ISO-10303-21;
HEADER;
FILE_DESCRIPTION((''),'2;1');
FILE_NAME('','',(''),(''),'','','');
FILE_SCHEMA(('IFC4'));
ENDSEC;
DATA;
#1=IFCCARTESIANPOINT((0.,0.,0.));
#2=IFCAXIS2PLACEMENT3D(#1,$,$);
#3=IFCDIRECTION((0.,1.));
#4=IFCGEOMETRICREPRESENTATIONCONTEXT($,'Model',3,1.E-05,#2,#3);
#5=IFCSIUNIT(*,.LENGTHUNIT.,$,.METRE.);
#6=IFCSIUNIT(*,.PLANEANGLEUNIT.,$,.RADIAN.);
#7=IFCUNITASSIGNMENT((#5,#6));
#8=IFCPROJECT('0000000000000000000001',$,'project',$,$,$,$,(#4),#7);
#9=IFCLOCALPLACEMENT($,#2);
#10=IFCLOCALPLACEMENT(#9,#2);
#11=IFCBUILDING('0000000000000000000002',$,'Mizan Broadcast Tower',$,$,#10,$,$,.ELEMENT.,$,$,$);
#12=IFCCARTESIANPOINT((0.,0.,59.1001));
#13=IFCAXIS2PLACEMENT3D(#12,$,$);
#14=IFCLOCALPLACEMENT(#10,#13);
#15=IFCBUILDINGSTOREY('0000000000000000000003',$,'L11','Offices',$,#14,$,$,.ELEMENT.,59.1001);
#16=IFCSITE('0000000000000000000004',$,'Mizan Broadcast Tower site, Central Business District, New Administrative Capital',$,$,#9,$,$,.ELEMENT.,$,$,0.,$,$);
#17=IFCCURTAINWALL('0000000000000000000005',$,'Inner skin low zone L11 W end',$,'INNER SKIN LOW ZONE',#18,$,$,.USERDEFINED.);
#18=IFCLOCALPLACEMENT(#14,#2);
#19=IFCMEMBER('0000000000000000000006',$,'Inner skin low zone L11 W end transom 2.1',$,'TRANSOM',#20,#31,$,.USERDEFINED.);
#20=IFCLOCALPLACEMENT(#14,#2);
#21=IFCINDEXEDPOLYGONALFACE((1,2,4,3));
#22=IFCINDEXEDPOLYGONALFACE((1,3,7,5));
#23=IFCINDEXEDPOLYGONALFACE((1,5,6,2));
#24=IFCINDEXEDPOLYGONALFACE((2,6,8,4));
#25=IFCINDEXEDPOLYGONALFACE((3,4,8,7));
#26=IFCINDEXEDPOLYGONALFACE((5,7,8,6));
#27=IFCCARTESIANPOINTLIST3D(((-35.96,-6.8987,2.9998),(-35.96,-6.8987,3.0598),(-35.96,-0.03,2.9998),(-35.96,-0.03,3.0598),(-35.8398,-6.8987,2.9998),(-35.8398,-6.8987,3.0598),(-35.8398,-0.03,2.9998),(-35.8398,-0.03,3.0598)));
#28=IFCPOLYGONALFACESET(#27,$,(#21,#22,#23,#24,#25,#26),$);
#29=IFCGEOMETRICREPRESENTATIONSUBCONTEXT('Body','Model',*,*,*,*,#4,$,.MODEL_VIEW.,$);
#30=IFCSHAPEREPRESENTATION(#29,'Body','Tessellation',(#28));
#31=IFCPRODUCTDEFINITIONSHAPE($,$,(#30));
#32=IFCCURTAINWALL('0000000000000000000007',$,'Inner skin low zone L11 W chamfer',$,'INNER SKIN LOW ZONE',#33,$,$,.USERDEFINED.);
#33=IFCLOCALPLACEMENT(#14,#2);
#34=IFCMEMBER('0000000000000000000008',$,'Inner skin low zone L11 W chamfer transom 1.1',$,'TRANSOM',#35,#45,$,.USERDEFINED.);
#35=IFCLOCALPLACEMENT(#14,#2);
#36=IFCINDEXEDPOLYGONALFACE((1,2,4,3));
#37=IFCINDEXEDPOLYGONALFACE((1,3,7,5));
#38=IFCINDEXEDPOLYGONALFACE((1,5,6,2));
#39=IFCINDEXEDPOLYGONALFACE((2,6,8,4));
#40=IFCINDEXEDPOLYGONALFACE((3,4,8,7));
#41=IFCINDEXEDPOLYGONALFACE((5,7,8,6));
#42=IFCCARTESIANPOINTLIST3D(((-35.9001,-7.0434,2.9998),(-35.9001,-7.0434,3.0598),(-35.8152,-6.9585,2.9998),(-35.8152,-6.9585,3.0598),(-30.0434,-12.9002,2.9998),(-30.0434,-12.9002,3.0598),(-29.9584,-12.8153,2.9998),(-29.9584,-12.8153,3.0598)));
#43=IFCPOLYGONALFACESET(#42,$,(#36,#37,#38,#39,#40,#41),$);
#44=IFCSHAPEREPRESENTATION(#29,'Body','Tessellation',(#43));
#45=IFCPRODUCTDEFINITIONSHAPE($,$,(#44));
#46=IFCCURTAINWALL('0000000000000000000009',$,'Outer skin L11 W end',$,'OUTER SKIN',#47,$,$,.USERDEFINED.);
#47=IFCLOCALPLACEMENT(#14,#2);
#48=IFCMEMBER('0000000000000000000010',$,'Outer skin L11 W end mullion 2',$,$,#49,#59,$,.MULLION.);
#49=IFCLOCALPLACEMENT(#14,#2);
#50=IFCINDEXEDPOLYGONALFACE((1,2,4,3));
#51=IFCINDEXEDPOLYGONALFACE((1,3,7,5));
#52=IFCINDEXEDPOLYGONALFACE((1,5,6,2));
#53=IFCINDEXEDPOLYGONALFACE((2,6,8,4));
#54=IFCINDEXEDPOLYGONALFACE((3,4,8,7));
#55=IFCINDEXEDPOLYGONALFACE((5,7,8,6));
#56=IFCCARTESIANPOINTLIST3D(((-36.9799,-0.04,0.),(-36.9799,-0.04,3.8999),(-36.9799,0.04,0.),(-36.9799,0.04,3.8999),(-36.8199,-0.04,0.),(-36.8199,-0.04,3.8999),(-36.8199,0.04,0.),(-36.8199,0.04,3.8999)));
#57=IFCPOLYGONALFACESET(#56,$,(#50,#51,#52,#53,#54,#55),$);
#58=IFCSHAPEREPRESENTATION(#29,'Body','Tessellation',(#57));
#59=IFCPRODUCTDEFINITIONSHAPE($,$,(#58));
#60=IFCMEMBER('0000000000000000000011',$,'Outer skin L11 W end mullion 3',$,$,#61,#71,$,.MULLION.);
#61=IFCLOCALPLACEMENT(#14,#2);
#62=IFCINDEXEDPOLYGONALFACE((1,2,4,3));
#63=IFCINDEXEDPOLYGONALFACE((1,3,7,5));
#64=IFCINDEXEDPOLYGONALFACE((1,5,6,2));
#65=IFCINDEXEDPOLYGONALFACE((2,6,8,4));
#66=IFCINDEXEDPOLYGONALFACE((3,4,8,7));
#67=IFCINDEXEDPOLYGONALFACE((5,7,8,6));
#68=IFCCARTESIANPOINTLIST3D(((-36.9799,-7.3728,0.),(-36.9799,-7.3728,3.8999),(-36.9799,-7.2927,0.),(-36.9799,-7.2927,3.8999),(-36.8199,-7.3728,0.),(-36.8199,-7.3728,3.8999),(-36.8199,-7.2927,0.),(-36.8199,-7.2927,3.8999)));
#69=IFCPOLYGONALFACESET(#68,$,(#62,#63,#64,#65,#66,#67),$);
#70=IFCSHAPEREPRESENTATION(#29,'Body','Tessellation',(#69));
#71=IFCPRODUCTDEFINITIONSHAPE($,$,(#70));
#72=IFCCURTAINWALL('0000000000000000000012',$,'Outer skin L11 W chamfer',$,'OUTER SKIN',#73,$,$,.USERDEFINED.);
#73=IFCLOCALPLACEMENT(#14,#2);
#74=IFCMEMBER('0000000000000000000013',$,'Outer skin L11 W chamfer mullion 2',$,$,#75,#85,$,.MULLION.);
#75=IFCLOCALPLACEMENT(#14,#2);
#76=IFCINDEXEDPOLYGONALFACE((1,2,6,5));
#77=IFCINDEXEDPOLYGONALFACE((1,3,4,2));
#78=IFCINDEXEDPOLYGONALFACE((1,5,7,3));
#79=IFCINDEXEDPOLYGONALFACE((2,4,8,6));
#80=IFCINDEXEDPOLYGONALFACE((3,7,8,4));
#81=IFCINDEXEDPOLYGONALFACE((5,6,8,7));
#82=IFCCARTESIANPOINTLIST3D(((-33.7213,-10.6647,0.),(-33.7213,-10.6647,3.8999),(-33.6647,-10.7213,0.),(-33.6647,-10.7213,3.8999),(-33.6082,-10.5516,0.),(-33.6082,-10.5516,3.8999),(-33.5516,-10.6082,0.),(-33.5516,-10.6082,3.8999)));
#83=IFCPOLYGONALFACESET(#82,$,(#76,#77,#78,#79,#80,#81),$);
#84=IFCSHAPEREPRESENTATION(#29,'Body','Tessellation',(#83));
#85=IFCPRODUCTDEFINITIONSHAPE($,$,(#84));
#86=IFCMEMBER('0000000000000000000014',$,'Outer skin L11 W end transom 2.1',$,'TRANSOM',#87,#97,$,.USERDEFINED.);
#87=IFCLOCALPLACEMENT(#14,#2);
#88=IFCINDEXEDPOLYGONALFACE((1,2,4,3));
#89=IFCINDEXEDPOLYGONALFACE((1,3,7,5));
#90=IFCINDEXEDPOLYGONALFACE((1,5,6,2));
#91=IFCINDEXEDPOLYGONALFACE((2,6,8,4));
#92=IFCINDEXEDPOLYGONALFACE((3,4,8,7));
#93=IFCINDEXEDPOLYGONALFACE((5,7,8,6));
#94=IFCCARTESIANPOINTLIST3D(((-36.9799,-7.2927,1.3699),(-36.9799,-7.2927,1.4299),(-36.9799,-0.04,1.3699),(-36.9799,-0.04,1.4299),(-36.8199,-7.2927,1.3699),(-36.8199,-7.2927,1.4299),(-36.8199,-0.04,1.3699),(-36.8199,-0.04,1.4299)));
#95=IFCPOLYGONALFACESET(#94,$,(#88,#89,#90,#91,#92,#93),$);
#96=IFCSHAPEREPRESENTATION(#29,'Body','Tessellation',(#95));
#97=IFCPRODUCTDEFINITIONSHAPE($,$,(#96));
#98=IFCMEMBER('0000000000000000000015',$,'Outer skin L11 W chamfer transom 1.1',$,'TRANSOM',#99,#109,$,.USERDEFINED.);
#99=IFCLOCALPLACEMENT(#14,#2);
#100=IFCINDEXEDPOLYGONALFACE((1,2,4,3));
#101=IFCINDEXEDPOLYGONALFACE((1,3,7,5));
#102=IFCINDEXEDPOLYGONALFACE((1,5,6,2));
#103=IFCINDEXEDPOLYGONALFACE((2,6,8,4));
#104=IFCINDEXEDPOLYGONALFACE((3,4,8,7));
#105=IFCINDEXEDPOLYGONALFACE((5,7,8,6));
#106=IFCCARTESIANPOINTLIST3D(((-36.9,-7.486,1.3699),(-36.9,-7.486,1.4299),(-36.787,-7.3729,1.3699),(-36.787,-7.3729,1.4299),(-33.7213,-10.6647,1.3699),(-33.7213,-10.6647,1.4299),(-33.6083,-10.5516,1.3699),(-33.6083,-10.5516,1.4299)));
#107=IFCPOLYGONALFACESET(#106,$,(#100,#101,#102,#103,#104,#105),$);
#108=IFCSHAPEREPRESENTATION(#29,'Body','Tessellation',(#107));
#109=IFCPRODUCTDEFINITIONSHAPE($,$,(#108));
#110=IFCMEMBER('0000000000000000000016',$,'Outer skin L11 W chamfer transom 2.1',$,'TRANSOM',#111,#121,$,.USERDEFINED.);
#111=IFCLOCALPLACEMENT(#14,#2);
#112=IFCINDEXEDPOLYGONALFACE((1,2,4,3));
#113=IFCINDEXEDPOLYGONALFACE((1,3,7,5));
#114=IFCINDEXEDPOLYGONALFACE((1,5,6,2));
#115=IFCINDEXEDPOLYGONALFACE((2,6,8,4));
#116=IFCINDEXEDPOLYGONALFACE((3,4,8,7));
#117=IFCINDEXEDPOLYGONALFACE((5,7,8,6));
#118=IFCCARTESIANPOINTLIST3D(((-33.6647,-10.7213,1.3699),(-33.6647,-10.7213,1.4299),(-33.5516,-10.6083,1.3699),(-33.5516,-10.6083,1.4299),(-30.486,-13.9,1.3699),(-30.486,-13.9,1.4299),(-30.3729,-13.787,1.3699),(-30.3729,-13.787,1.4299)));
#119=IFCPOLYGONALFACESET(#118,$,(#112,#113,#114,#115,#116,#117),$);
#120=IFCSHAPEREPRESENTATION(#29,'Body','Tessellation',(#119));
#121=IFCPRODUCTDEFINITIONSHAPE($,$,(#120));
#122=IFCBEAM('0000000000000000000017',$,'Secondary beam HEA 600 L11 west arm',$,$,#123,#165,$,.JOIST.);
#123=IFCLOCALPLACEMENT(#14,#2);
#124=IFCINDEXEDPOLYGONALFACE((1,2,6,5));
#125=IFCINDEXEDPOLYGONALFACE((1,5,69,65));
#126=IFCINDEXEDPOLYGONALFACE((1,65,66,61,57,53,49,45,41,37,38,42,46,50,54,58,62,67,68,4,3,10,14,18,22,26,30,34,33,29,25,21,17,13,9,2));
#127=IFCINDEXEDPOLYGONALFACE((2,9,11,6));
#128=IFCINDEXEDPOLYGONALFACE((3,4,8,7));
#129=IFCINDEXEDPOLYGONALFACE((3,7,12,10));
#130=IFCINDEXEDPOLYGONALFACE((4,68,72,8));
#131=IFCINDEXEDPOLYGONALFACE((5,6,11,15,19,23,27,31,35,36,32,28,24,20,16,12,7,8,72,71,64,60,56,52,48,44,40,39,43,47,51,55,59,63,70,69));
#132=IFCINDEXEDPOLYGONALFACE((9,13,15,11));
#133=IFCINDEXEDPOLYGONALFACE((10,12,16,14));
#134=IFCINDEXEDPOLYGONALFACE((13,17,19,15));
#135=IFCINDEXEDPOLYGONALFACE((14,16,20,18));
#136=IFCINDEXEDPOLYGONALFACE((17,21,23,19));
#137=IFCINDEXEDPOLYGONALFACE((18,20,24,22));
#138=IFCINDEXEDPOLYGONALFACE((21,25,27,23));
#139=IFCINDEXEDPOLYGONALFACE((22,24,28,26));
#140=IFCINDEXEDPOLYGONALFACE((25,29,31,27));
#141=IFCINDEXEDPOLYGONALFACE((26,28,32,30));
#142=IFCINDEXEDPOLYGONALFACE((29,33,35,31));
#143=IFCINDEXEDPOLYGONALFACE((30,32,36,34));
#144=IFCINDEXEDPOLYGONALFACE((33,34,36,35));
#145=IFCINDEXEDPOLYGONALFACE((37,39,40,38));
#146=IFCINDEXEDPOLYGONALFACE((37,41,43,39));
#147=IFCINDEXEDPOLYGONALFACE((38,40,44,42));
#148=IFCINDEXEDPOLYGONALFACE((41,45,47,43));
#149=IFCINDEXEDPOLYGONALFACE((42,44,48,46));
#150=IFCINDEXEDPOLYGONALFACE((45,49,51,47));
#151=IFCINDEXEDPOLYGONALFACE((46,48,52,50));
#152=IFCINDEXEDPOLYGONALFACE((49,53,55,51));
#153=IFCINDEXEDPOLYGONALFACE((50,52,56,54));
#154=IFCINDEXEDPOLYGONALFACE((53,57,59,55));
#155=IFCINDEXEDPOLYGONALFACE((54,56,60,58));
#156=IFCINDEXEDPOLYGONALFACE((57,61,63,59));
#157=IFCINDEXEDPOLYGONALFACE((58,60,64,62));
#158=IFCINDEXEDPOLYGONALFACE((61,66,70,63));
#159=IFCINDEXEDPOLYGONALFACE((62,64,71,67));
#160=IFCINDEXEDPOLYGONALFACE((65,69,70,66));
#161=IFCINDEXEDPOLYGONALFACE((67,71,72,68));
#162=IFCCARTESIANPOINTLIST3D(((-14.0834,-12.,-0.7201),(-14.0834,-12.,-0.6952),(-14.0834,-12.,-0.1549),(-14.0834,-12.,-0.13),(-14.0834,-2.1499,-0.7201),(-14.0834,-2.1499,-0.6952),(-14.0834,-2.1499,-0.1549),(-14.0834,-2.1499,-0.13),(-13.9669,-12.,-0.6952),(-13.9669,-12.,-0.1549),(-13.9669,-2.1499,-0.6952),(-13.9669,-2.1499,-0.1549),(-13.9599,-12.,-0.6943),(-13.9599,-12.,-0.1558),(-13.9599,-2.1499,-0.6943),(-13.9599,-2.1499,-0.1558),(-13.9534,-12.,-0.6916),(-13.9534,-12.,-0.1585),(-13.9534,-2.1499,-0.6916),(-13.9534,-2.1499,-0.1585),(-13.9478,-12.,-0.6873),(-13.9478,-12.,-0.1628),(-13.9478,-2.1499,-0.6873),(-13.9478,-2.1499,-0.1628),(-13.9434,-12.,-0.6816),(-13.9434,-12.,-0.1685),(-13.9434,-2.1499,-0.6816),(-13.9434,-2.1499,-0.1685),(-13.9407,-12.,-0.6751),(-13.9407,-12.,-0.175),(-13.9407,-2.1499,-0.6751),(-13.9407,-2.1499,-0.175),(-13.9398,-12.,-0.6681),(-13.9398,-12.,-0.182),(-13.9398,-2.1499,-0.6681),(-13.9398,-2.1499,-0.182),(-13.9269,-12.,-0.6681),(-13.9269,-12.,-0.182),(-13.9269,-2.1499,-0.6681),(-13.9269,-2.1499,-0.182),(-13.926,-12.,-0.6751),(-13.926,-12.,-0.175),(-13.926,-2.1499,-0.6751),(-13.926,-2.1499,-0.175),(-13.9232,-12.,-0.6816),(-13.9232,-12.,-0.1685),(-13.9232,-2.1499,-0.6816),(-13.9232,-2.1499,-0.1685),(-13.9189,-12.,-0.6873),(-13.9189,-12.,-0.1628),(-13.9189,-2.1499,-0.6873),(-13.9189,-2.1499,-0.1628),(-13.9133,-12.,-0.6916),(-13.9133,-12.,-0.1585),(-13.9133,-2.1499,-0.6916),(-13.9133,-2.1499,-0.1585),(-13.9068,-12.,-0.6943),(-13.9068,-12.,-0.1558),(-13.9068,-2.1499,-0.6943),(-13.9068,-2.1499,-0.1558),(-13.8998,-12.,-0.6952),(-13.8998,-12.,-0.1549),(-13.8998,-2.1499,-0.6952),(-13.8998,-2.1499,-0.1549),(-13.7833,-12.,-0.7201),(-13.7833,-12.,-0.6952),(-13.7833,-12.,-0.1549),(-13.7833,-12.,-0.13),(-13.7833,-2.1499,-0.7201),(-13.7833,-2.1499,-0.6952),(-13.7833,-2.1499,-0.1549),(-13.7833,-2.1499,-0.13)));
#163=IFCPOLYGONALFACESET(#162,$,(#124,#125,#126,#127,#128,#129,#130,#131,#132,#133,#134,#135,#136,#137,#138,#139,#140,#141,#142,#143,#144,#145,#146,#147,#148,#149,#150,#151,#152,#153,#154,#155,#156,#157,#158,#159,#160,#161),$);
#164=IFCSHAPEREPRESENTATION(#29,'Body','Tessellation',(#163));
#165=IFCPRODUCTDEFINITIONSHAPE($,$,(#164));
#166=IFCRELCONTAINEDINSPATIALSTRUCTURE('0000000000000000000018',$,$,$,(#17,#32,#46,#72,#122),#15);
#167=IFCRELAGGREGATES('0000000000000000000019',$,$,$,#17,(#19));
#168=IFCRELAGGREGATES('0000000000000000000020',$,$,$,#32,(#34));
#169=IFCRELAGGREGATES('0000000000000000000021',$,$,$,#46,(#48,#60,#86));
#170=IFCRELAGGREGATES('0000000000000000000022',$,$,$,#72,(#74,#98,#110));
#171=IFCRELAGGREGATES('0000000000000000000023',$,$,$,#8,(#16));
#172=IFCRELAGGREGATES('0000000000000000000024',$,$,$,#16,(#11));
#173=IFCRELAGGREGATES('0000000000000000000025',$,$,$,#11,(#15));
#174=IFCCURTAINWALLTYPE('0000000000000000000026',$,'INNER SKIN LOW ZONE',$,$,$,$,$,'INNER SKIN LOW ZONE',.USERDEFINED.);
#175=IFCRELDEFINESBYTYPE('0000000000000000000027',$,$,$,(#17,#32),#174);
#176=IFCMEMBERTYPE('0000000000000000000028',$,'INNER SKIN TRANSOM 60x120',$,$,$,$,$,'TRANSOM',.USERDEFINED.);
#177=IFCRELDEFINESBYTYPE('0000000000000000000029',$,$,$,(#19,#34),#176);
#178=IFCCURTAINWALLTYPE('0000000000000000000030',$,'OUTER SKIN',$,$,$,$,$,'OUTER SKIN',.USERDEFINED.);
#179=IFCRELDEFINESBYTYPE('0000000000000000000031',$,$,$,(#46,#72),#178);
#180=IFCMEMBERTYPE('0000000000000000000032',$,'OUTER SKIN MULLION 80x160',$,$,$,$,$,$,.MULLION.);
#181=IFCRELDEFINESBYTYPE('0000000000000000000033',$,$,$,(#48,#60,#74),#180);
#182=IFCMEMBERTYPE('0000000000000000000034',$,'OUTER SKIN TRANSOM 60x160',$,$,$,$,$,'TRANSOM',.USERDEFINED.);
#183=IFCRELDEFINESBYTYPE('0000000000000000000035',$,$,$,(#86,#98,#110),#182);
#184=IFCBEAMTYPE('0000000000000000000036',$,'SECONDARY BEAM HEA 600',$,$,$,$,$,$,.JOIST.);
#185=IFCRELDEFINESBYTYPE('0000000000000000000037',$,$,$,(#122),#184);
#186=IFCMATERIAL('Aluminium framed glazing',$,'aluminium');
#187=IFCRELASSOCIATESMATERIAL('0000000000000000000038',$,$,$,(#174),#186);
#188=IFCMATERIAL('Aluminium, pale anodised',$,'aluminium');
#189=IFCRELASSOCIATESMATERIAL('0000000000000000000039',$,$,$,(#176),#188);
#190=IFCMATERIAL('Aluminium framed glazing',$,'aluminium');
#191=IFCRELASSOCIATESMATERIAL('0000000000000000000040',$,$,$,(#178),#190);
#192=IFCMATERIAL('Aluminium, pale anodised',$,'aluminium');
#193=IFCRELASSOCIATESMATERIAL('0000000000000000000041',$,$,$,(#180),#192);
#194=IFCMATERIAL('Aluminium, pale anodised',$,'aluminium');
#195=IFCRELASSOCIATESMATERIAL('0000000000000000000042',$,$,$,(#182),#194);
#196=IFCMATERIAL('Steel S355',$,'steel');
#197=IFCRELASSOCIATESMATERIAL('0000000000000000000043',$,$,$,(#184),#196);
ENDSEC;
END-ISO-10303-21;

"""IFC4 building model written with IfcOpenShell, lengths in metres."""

from ifc_helpers import new_model, si_unit, direction, frame, origin, origin_2d, place, context, subcontext, project, spatial, rectangle, i_section, extrude, material, material_profile, profile_set, type_object, element, aggregate, save


model = new_model("IFC4")

# Units and contexts
model_context = context("Model", 3, precision=1e-05, world=origin(), true_north=direction((0.0, 1.0)))
body_context = subcontext(model_context, "Body", "Model", "MODEL_VIEW")
ifc_project = project(units=[si_unit("LENGTHUNIT", "METRE"), si_unit("PLANEANGLEUNIT", "RADIAN")], contexts=[model_context])

# Site, building, storey
site_placement = place(None, origin())
site = spatial("IfcSite", under=ifc_project, at=site_placement, Name="Mizan Broadcast Tower site, Central Business District, New Administrative Capital", CompositionType="ELEMENT", RefElevation=0.0)
building_placement = place(site_placement, origin())
building = spatial("IfcBuilding", under=site, at=building_placement, Name="Mizan Broadcast Tower", CompositionType="ELEMENT")
storey_placement = place(building_placement, frame((0.0, 0.0, 59.1001)))
storey = spatial("IfcBuildingStorey", under=building, at=storey_placement, Name="L11", Description="Offices", CompositionType="ELEMENT", Elevation=59.1001)

# Curtain wall, member
ifc_material_1 = material(Name="Aluminium framed glazing", Category="aluminium")
curtain_wall_type_1 = type_object("IfcCurtainWallType", Name="INNER SKIN LOW ZONE", ElementType="INNER SKIN LOW ZONE", PredefinedType="USERDEFINED", material=ifc_material_1)
curtain_wall_1_placement = place(storey_placement, origin())
curtain_wall_1 = element("IfcCurtainWall", 1, at=curtain_wall_1_placement, inside=storey, type_object=curtain_wall_type_1, Name="Inner skin low zone L11 W end", ObjectType="INNER SKIN LOW ZONE", PredefinedType="USERDEFINED")
ifc_material_2 = material(Name="Aluminium, pale anodised", Category="aluminium")
ifc_material_profile_1 = material_profile(ifc_material_2, rectangle(XDim=0.1201, YDim=0.0601, at=origin_2d()), Name="TRANSOM 120x60")
ifc_profile_set_1 = profile_set([ifc_material_profile_1], Name="Aluminium, pale anodised")
member_type_1 = type_object("IfcMemberType", Name="INNER SKIN TRANSOM 60x120", ElementType="TRANSOM", PredefinedType="USERDEFINED", material=ifc_profile_set_1)
member_1_placement = place(storey_placement, frame((-35.8999, -0.03, 3.0298), z_axis=(0.0, -1.0, 0.0), x_axis=(1.0, 0.0, 0.0)))
member_1 = element("IfcMember", 2, at=member_1_placement, type_object=member_type_1, Name="Inner skin low zone L11 W end transom 2.1", ObjectType="TRANSOM", PredefinedType="USERDEFINED", context=body_context, shape_type="SweptSolid", body=[
    extrude(rectangle(XDim=0.1201, YDim=0.0601, at=origin_2d()), origin(), (0.0, 0.0, 1.0), 6.8687),
])

# Curtain wall, member
curtain_wall_2_placement = place(storey_placement, origin())
curtain_wall_2 = element("IfcCurtainWall", 3, at=curtain_wall_2_placement, inside=storey, type_object=curtain_wall_type_1, Name="Inner skin low zone L11 W chamfer", ObjectType="INNER SKIN LOW ZONE", PredefinedType="USERDEFINED")
member_2_placement = place(storey_placement, frame((-35.8577, -7.001, 3.0298), z_axis=(0.707107, -0.707107, 0.0), x_axis=(0.707107, 0.707107, 0.0)))
member_2 = element("IfcMember", 4, at=member_2_placement, type_object=member_type_1, Name="Inner skin low zone L11 W chamfer transom 1.1", ObjectType="TRANSOM", PredefinedType="USERDEFINED", context=body_context, shape_type="SweptSolid", body=[
    extrude(rectangle(XDim=0.1201, YDim=0.0601, at=origin_2d()), origin(), (0.0, 0.0, 1.0), 8.2827),
])

# Curtain wall, members
ifc_material_3 = material(Name="Aluminium framed glazing", Category="aluminium")
curtain_wall_type_2 = type_object("IfcCurtainWallType", Name="OUTER SKIN", ElementType="OUTER SKIN", PredefinedType="USERDEFINED", material=ifc_material_3)
curtain_wall_3_placement = place(storey_placement, origin())
curtain_wall_3 = element("IfcCurtainWall", 5, at=curtain_wall_3_placement, inside=storey, type_object=curtain_wall_type_2, Name="Outer skin L11 W end", ObjectType="OUTER SKIN", PredefinedType="USERDEFINED")
ifc_material_4 = material(Name="Aluminium, pale anodised", Category="aluminium")
ifc_material_profile_2 = material_profile(ifc_material_4, rectangle(XDim=0.1599, YDim=0.0801, at=origin_2d()), Name="MULLION 160x80")
ifc_profile_set_2 = profile_set([ifc_material_profile_2], Name="Aluminium, pale anodised")
member_type_2 = type_object("IfcMemberType", Name="OUTER SKIN MULLION 80x160", PredefinedType="MULLION", material=ifc_profile_set_2)
member_3_placement = place(storey_placement, frame((-36.8999, 0.0, 0.0), z_axis=(0.0, 0.0, 1.0), x_axis=(1.0, 0.0, 0.0)))
member_3 = element("IfcMember", 6, at=member_3_placement, type_object=member_type_2, Name="Outer skin L11 W end mullion 2", PredefinedType="MULLION", context=body_context, shape_type="SweptSolid", body=[
    extrude(rectangle(XDim=0.1599, YDim=0.0801, at=origin_2d()), origin(), (0.0, 0.0, 1.0), 3.8999),
])
member_4_placement = place(storey_placement, frame((-36.8999, -7.3328, 0.0), z_axis=(0.0, 0.0, 1.0), x_axis=(1.0, 0.0, 0.0)))
member_4 = element("IfcMember", 7, at=member_4_placement, type_object=member_type_2, Name="Outer skin L11 W end mullion 3", PredefinedType="MULLION", context=body_context, shape_type="SweptSolid", body=[
    extrude(rectangle(XDim=0.1599, YDim=0.0801, at=origin_2d()), origin(), (0.0, 0.0, 1.0), 3.8999),
])

# Curtain wall, member
curtain_wall_4_placement = place(storey_placement, origin())
curtain_wall_4 = element("IfcCurtainWall", 8, at=curtain_wall_4_placement, inside=storey, type_object=curtain_wall_type_2, Name="Outer skin L11 W chamfer", ObjectType="OUTER SKIN", PredefinedType="USERDEFINED")
member_5_placement = place(storey_placement, frame((-33.6365, -10.6365, 0.0), z_axis=(0.0, 0.0, 1.0), x_axis=(0.707107, 0.707107, 0.0)))
member_5 = element("IfcMember", 9, at=member_5_placement, type_object=member_type_2, Name="Outer skin L11 W chamfer mullion 2", PredefinedType="MULLION", context=body_context, shape_type="SweptSolid", body=[
    extrude(rectangle(XDim=0.1599, YDim=0.0801, at=origin_2d()), origin(), (0.0, 0.0, 1.0), 3.8999),
])

# Members
ifc_material_5 = material(Name="Aluminium, pale anodised", Category="aluminium")
ifc_material_profile_3 = material_profile(ifc_material_5, rectangle(XDim=0.1599, YDim=0.0601, at=origin_2d()), Name="TRANSOM 160x60")
ifc_profile_set_3 = profile_set([ifc_material_profile_3], Name="Aluminium, pale anodised")
member_type_3 = type_object("IfcMemberType", Name="OUTER SKIN TRANSOM 60x160", ElementType="TRANSOM", PredefinedType="USERDEFINED", material=ifc_profile_set_3)
member_6_placement = place(storey_placement, frame((-36.8999, -0.04, 1.3999), z_axis=(0.0, -1.0, 0.0), x_axis=(1.0, 0.0, 0.0)))
member_6 = element("IfcMember", 10, at=member_6_placement, type_object=member_type_3, Name="Outer skin L11 W end transom 2.1", ObjectType="TRANSOM", PredefinedType="USERDEFINED", context=body_context, shape_type="SweptSolid", body=[
    extrude(rectangle(XDim=0.1599, YDim=0.0601, at=origin_2d()), origin(), (0.0, 0.0, 1.0), 7.2527),
])
member_7_placement = place(storey_placement, frame((-36.8435, -7.4294, 1.3999), z_axis=(0.707107, -0.707107, 0.0), x_axis=(0.707107, 0.707107, 0.0)))
member_7 = element("IfcMember", 11, at=member_7_placement, type_object=member_type_3, Name="Outer skin L11 W chamfer transom 1.1", ObjectType="TRANSOM", PredefinedType="USERDEFINED", context=body_context, shape_type="SweptSolid", body=[
    extrude(rectangle(XDim=0.1599, YDim=0.0601, at=origin_2d()), origin(), (0.0, 0.0, 1.0), 4.4954),
])
member_8_placement = place(storey_placement, frame((-33.6082, -10.6648, 1.3999), z_axis=(0.707107, -0.707107, 0.0), x_axis=(0.707107, 0.707107, 0.0)))
member_8 = element("IfcMember", 12, at=member_8_placement, type_object=member_type_3, Name="Outer skin L11 W chamfer transom 2.1", ObjectType="TRANSOM", PredefinedType="USERDEFINED", context=body_context, shape_type="SweptSolid", body=[
    extrude(rectangle(XDim=0.1599, YDim=0.0601, at=origin_2d()), origin(), (0.0, 0.0, 1.0), 4.4954),
])

# Beam
ifc_material_6 = material(Name="Steel S355", Category="steel")
ifc_material_profile_4 = material_profile(ifc_material_6, i_section(OverallWidth=0.3, OverallDepth=0.5901, WebThickness=0.0129, FlangeThickness=0.0249, FilletRadius=0.0271, at=origin_2d()), Name="HEA 600")
ifc_profile_set_4 = profile_set([ifc_material_profile_4], Name="Steel S355")
beam_type_1 = type_object("IfcBeamType", Name="SECONDARY BEAM HEA 600", PredefinedType="JOIST", material=ifc_profile_set_4)
for number, where, z_axis, x_axis, name in (
    (13, (-13.9333, -12.0, -0.425), (0.0, 1.0, 0.0), (-1.0, 0.0, 0.0), "Secondary beam HEA 600 L11 west arm"),
):
    element("IfcBeam", number, at=place(storey_placement, frame(where, z_axis=z_axis, x_axis=x_axis)), inside=storey, type_object=beam_type_1, Name=name, PredefinedType="JOIST", context=body_context, shape_type="SweptSolid", body=[
        extrude(i_section(OverallWidth=0.3, OverallDepth=0.5901, WebThickness=0.0129, FlangeThickness=0.0249, FilletRadius=0.0271, at=origin_2d()), origin(), (0.0, 0.0, 1.0), 9.8501),
    ])

aggregate(curtain_wall_1, [member_1])
aggregate(curtain_wall_2, [member_2])
aggregate(curtain_wall_3, [member_3, member_4, member_6])
aggregate(curtain_wall_4, [member_5, member_7, member_8])

save(model, "model.ifc")
